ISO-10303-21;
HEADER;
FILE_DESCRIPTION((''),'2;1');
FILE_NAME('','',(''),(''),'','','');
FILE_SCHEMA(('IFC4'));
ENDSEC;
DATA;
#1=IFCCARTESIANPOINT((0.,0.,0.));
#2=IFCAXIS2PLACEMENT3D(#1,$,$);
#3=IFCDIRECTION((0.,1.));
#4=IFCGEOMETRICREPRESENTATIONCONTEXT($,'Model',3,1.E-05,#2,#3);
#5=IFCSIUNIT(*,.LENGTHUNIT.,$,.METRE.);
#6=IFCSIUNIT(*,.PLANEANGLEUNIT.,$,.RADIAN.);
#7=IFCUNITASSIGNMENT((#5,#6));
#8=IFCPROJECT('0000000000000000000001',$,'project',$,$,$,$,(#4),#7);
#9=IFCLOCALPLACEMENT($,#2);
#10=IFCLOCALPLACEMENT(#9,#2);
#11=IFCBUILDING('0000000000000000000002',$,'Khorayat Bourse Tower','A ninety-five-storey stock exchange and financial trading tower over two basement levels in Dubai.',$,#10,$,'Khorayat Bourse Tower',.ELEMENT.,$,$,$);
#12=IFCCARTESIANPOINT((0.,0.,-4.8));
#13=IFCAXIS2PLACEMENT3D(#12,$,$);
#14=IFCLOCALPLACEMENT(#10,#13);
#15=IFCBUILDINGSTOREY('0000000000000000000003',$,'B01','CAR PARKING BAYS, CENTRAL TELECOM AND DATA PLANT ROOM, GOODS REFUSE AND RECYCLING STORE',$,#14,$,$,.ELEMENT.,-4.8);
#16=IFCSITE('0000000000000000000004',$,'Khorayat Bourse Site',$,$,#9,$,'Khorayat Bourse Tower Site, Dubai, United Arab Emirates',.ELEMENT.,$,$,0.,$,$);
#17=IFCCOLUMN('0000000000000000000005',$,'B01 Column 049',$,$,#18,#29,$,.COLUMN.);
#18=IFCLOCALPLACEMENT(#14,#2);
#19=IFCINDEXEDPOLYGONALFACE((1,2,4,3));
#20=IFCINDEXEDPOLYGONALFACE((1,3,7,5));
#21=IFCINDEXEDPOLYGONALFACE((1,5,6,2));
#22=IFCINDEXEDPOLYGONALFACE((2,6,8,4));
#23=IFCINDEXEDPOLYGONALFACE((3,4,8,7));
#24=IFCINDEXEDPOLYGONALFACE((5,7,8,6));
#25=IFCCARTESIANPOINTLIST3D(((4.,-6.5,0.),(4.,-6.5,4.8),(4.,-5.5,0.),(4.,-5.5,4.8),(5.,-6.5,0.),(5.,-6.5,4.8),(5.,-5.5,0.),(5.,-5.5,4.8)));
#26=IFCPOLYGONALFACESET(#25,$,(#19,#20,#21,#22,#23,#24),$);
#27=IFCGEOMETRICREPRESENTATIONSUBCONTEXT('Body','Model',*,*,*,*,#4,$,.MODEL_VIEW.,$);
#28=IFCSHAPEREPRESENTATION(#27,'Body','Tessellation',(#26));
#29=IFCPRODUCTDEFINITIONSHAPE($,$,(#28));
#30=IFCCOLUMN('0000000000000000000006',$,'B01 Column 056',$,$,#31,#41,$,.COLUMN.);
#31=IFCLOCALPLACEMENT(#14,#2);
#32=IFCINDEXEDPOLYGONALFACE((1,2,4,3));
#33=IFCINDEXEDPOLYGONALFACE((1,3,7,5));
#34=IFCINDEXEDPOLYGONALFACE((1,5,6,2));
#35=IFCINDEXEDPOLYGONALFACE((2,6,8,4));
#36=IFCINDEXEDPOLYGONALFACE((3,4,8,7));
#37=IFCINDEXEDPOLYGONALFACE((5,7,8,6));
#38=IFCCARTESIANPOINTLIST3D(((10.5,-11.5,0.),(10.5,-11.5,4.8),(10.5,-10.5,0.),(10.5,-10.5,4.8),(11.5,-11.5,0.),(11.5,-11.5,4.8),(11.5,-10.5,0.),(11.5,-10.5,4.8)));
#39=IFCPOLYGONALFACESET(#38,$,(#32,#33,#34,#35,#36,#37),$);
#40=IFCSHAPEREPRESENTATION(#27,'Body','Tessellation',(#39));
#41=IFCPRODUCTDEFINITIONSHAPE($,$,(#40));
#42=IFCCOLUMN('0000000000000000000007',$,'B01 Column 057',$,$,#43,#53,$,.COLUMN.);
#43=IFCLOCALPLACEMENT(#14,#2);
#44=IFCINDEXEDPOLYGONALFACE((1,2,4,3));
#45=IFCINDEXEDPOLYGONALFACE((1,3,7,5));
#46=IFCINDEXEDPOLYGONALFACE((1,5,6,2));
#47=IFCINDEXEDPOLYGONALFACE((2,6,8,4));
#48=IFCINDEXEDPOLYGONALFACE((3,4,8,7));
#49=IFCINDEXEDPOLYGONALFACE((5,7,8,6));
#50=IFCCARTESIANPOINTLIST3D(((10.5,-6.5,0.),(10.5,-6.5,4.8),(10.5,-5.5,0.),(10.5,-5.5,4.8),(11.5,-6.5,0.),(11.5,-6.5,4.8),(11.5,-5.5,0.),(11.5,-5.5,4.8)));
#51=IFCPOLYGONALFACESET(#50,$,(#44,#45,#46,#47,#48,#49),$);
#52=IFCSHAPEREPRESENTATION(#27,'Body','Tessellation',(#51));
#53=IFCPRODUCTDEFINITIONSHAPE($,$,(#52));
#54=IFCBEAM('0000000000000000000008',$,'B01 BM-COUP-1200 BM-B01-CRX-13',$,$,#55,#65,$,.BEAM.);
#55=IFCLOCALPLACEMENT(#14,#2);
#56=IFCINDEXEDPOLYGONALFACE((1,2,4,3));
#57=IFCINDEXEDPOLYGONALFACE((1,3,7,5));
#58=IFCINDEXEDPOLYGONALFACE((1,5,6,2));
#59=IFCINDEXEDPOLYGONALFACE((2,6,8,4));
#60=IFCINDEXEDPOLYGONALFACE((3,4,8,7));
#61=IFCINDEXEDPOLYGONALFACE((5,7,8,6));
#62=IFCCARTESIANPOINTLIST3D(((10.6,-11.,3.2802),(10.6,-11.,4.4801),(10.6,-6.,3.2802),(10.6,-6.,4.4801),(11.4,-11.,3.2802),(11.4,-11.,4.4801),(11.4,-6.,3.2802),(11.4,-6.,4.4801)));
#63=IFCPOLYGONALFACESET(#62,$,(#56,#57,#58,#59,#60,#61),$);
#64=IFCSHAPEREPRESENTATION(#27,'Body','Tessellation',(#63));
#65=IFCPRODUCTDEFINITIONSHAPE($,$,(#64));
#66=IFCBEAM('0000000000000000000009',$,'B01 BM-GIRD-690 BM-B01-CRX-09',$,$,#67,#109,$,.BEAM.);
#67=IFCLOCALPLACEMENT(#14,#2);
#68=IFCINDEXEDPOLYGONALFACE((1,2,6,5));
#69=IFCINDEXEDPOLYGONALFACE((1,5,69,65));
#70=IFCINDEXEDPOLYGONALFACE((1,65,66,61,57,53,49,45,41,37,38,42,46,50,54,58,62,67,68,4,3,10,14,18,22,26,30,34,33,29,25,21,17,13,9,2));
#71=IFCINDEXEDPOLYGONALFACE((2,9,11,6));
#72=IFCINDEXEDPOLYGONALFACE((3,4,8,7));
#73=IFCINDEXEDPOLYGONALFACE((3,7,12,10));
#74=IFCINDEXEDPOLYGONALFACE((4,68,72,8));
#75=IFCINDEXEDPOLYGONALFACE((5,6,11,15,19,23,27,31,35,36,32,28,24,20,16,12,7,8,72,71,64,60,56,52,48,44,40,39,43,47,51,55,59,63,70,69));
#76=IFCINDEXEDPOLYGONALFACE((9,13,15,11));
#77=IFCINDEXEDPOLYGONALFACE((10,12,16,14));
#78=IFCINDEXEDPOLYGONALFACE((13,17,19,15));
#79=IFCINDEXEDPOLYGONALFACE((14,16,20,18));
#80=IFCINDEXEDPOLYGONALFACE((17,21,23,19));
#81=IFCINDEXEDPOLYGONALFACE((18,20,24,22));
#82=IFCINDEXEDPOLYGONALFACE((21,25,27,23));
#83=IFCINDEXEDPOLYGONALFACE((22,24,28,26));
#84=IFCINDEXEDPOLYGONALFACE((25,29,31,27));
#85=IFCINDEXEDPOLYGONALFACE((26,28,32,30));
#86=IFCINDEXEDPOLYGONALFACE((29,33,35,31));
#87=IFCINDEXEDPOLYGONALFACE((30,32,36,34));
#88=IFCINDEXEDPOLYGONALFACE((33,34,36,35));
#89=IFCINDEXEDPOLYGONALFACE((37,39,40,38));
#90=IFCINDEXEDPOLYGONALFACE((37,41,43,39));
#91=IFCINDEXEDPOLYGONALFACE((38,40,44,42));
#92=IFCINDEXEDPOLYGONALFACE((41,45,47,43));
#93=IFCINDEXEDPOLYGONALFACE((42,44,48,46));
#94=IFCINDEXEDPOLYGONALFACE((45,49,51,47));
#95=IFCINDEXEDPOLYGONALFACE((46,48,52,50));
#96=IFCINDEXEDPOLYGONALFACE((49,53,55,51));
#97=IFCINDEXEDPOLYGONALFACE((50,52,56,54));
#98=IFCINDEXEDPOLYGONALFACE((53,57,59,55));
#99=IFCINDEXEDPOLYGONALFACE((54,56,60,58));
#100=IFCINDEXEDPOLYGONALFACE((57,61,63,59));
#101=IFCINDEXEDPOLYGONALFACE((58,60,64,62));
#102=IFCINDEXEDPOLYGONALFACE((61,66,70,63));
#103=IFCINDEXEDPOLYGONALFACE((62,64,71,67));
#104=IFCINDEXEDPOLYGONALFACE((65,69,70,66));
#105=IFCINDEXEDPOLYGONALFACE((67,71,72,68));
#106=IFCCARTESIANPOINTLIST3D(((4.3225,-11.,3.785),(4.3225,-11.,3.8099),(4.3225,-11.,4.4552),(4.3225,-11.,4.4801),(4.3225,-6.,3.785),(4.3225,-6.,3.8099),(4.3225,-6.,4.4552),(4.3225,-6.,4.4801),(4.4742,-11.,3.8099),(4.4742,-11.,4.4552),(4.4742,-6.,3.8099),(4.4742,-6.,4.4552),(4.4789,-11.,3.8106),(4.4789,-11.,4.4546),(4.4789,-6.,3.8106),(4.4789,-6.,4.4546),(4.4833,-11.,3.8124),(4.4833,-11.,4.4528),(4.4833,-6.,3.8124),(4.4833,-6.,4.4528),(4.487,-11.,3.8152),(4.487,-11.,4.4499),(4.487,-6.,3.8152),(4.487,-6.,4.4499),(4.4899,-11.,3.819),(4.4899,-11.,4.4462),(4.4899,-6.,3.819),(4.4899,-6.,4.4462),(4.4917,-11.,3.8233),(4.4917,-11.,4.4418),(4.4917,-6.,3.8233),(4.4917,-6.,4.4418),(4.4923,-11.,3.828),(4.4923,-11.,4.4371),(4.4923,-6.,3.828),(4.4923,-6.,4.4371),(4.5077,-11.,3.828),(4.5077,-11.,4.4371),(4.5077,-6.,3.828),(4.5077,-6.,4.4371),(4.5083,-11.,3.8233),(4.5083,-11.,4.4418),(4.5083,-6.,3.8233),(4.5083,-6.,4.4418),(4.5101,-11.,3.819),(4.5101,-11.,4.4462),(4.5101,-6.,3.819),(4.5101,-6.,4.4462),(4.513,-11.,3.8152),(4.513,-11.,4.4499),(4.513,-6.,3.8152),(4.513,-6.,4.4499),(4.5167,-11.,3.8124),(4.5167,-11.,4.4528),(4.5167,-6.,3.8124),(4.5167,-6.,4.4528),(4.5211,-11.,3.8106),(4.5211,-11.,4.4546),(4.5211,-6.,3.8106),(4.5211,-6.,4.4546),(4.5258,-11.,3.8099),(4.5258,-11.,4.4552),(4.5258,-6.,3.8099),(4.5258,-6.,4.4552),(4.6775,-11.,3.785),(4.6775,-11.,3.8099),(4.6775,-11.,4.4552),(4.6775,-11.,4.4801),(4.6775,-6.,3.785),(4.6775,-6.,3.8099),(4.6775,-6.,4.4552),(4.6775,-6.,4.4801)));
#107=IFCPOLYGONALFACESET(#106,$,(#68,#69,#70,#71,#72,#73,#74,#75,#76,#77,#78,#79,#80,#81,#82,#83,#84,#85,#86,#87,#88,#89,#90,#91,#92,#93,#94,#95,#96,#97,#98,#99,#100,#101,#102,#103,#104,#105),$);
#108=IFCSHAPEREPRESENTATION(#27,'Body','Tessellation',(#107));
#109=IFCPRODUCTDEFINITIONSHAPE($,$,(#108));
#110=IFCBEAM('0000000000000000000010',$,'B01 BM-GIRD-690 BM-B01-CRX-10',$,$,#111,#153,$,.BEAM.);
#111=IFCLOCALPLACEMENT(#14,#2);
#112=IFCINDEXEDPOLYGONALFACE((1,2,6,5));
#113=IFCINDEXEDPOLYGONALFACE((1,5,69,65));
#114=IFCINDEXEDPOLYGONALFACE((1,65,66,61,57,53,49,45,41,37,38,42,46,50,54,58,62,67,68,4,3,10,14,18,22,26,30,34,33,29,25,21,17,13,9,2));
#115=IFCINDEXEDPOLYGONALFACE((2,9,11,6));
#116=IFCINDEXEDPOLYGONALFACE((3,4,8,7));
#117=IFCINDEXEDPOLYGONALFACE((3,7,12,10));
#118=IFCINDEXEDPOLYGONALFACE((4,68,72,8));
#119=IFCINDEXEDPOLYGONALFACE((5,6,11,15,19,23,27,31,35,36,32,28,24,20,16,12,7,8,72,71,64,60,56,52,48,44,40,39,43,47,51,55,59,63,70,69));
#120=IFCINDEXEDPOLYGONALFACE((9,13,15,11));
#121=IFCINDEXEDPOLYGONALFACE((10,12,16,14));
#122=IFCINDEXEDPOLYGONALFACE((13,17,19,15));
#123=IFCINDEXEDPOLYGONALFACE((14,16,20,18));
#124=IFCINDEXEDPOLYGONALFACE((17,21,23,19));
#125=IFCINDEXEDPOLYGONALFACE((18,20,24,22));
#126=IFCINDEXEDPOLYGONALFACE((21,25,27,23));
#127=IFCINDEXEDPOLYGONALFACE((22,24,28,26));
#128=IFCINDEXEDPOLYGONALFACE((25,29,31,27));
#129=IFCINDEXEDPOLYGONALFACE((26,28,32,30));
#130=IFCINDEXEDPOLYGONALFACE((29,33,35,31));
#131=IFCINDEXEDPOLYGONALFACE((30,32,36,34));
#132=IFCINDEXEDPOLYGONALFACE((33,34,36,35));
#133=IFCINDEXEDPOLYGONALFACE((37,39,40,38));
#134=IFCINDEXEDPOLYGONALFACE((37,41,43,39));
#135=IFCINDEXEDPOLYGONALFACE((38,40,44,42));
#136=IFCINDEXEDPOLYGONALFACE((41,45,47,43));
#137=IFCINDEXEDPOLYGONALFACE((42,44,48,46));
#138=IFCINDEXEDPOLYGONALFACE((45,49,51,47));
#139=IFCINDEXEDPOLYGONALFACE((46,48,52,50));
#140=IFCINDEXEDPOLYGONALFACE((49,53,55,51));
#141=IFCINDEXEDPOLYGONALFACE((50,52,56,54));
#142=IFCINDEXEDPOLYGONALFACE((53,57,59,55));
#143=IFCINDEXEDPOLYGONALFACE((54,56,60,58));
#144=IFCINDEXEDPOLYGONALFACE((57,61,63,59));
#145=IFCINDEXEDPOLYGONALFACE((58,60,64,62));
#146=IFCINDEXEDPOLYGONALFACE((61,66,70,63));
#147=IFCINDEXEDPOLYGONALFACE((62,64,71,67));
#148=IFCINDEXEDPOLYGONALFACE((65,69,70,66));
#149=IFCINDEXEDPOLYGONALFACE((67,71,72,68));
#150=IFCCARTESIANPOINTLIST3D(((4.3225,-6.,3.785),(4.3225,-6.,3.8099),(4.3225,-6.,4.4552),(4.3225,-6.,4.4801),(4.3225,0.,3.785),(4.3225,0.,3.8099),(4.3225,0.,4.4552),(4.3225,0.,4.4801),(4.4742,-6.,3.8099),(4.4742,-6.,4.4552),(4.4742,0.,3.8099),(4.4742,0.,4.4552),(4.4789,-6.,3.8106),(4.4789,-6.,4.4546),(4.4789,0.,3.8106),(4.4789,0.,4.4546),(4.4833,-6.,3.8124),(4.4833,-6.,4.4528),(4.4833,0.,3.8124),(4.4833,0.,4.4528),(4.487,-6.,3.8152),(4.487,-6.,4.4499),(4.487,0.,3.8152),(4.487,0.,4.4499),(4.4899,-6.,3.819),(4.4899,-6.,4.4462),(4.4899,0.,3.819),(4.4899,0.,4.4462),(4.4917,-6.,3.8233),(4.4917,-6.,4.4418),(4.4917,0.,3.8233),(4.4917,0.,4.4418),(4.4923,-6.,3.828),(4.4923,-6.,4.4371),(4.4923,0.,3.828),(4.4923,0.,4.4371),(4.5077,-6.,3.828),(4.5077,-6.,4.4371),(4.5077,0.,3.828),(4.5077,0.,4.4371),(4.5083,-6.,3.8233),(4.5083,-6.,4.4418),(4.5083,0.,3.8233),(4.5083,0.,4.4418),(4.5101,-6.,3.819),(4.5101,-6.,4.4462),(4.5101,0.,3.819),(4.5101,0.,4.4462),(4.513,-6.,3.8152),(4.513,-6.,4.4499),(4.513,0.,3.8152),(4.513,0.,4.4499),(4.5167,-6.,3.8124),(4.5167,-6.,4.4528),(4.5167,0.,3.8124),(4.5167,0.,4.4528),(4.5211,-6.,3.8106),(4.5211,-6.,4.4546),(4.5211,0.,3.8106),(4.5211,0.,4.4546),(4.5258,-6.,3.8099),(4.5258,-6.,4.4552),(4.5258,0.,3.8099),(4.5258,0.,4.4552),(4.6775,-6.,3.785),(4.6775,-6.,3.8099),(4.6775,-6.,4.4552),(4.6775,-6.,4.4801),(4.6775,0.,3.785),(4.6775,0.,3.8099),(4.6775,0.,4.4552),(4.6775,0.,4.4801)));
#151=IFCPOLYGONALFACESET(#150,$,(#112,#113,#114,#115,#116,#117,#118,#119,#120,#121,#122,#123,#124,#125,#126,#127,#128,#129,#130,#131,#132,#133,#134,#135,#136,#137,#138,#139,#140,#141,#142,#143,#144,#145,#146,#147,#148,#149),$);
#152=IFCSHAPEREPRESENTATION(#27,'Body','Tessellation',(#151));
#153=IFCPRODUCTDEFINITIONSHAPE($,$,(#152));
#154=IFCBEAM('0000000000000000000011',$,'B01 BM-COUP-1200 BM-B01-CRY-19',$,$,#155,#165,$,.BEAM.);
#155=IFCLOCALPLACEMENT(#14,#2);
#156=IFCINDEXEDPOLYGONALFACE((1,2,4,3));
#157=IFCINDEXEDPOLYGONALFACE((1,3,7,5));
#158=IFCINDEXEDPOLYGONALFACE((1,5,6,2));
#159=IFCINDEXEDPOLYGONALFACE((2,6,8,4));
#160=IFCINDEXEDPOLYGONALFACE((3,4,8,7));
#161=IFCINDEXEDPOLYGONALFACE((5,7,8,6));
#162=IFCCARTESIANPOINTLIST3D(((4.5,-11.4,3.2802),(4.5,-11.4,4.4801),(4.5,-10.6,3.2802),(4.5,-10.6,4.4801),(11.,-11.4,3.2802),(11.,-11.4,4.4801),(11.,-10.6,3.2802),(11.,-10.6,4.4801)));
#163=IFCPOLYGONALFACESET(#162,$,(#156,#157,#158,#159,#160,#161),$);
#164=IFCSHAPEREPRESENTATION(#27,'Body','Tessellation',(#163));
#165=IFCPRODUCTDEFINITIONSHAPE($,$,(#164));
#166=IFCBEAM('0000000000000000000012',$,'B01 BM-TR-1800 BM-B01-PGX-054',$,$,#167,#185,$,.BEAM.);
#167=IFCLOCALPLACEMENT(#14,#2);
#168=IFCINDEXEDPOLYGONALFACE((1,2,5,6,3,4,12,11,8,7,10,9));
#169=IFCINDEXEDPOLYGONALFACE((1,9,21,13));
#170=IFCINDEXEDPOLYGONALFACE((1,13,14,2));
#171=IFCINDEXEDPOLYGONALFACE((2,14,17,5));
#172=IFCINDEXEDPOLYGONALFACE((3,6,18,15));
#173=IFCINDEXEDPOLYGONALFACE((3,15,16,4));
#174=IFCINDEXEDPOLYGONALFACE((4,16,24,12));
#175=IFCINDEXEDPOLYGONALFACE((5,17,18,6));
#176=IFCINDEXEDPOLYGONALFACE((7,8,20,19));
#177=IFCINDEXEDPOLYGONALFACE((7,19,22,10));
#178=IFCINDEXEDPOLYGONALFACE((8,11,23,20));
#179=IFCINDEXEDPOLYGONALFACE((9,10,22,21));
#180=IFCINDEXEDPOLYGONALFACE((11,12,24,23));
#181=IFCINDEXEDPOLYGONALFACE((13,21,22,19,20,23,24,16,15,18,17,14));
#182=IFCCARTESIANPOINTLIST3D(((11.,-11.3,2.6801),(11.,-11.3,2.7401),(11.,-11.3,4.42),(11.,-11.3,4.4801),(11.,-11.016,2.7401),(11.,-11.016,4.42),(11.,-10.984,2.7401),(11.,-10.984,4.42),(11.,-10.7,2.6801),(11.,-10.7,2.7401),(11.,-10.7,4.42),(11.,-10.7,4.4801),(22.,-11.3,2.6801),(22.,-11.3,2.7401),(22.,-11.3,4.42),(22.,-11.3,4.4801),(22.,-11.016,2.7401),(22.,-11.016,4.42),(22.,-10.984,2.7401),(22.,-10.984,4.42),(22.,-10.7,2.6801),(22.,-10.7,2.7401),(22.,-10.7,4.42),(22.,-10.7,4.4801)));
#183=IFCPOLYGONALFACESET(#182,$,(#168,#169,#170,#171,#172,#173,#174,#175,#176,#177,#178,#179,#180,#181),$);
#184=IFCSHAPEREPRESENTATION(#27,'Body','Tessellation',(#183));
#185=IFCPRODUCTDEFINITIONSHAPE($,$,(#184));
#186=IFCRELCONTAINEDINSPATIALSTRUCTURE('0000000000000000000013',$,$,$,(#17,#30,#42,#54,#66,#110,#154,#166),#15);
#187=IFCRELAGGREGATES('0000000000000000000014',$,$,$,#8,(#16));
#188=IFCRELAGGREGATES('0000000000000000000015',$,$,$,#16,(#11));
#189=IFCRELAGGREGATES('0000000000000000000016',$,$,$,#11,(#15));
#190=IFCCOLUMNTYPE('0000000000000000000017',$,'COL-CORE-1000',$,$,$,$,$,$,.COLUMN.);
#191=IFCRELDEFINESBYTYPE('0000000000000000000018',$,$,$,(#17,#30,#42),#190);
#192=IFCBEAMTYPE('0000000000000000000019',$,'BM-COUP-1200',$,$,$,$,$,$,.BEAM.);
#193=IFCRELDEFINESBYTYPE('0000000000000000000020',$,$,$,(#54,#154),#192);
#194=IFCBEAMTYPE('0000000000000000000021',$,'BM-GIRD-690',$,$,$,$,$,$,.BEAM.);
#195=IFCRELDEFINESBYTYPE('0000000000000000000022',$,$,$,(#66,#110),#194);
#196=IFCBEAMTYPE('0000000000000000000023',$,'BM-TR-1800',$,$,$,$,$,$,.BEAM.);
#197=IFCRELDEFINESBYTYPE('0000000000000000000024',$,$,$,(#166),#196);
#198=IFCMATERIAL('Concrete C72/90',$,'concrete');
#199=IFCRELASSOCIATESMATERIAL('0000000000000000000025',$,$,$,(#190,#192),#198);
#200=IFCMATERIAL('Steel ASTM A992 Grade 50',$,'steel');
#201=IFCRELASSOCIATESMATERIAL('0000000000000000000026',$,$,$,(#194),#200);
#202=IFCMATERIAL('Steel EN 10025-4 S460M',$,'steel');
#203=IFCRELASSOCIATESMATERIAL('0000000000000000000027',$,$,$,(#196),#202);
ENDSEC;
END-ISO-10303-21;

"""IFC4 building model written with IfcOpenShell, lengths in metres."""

from ifc_helpers import new_model, si_unit, direction, frame, origin, origin_2d, place, context, subcontext, project, spatial, rectangle, i_section, extrude, source, transform, mapped, material, material_profile, profile_set, type_object, element, save


model = new_model("IFC4")

# Units and contexts
model_context = context("Model", 3, precision=1e-05, world=origin(), true_north=direction((0.0, 1.0)))
body_context = subcontext(model_context, "Body", "Model", "MODEL_VIEW")
ifc_project = project(units=[si_unit("LENGTHUNIT", "METRE"), si_unit("PLANEANGLEUNIT", "RADIAN")], contexts=[model_context])

# Site, building, storey
site_placement = place(None, origin())
site = spatial("IfcSite", under=ifc_project, at=site_placement, Name="Khorayat Bourse Site", LongName="Khorayat Bourse Tower Site, Dubai, United Arab Emirates", CompositionType="ELEMENT", RefElevation=0.0)
building_placement = place(site_placement, origin())
building = spatial("IfcBuilding", under=site, at=building_placement, Name="Khorayat Bourse Tower", Description="A ninety-five-storey stock exchange and financial trading tower over two basement levels in Dubai.", LongName="Khorayat Bourse Tower", CompositionType="ELEMENT")
storey_placement = place(building_placement, frame((0.0, 0.0, -4.8)))
storey = spatial("IfcBuildingStorey", under=building, at=storey_placement, Name="B01", Description="CAR PARKING BAYS, CENTRAL TELECOM AND DATA PLANT ROOM, GOODS REFUSE AND RECYCLING STORE", CompositionType="ELEMENT", Elevation=-4.8)

# Columns
ifc_material_1 = material(Name="Concrete C72/90", Category="concrete")
ifc_material_profile_1 = material_profile(ifc_material_1, rectangle(XDim=1.0, YDim=1.0, at=origin_2d()), Name="RC 1000x1000")
ifc_profile_set_1 = profile_set([ifc_material_profile_1], Name="Concrete C72/90")
column_type = type_object("IfcColumnType", Name="COL-CORE-1000", PredefinedType="COLUMN", material=ifc_profile_set_1)
shared_shape_1 = source(origin(), body_context, "Body", "SweptSolid", [
    extrude(rectangle(XDim=1.0, YDim=1.0, at=origin_2d()), origin(), (0.0, 0.0, 1.0), 4.8),
])
for number, where, z_axis, x_axis, name in (
    (1, (4.5, -6.0, 0.0), (0.0, 0.0, 1.0), (1.0, 0.0, 0.0), "B01 Column 049"),
    (2, (11.0, -11.0, 0.0), (0.0, 0.0, 1.0), (1.0, 0.0, 0.0), "B01 Column 056"),
    (3, (11.0, -6.0, 0.0), (0.0, 0.0, 1.0), (1.0, 0.0, 0.0), "B01 Column 057"),
):
    element("IfcColumn", number, at=place(storey_placement, frame(where, z_axis=z_axis, x_axis=x_axis)), inside=storey, type_object=column_type, Name=name, PredefinedType="COLUMN", context=body_context, shape_type="MappedRepresentation", body=[
        mapped(shared_shape_1, transform((0.0, 0.0, 0.0), scale=1.0)),
    ])

# Beams
ifc_material_profile_2 = material_profile(ifc_material_1, rectangle(XDim=0.8, YDim=1.2, at=origin_2d()), Name="RC 800x1200")
ifc_profile_set_2 = profile_set([ifc_material_profile_2], Name="Concrete C72/90")
beam_type_1 = type_object("IfcBeamType", Name="BM-COUP-1200", PredefinedType="BEAM", material=ifc_profile_set_2)
shared_shape_2 = source(origin(), body_context, "Body", "SweptSolid", [
    extrude(rectangle(XDim=0.8, YDim=1.2, at=origin_2d()), origin(), (0.0, 0.0, 1.0), 5.0),
])
beam_1_placement = place(storey_placement, frame((11.0, -11.0, 3.8801), z_axis=(0.0, 1.0, 0.0), x_axis=(-1.0, 0.0, 0.0)))
element("IfcBeam", 4, at=beam_1_placement, inside=storey, type_object=beam_type_1, Name="B01 BM-COUP-1200 BM-B01-CRX-13", PredefinedType="BEAM", context=body_context, shape_type="MappedRepresentation", body=[
    mapped(shared_shape_2, transform((0.0, 0.0, 0.0), scale=1.0)),
])
ifc_material_2 = material(Name="Steel ASTM A992 Grade 50", Category="steel")
ifc_material_profile_3 = material_profile(ifc_material_2, i_section(OverallWidth=0.355, OverallDepth=0.6951, WebThickness=0.0154, FlangeThickness=0.0249, FilletRadius=0.0181, at=origin_2d()), Name="W690X217")
ifc_profile_set_3 = profile_set([ifc_material_profile_3], Name="Steel ASTM A992 Grade 50")
beam_type_2 = type_object("IfcBeamType", Name="BM-GIRD-690", PredefinedType="BEAM", material=ifc_profile_set_3)
shared_shape_3 = source(origin(), body_context, "Body", "SweptSolid", [
    extrude(i_section(OverallWidth=0.355, OverallDepth=0.6951, WebThickness=0.0154, FlangeThickness=0.0249, FilletRadius=0.0181, at=origin_2d()), origin(), (0.0, 0.0, 1.0), 5.0),
])
beam_2_placement = place(storey_placement, frame((4.5, -11.0, 4.1326), z_axis=(0.0, 1.0, 0.0), x_axis=(-1.0, 0.0, 0.0)))
element("IfcBeam", 5, at=beam_2_placement, inside=storey, type_object=beam_type_2, Name="B01 BM-GIRD-690 BM-B01-CRX-09", PredefinedType="BEAM", context=body_context, shape_type="MappedRepresentation", body=[
    mapped(shared_shape_3, transform((0.0, 0.0, 0.0), scale=1.0)),
])
shared_shape_4 = source(origin(), body_context, "Body", "SweptSolid", [
    extrude(i_section(OverallWidth=0.355, OverallDepth=0.6951, WebThickness=0.0154, FlangeThickness=0.0249, FilletRadius=0.0181, at=origin_2d()), origin(), (0.0, 0.0, 1.0), 6.0),
])
beam_3_placement = place(storey_placement, frame((4.5, -6.0, 4.1326), z_axis=(0.0, 1.0, 0.0), x_axis=(-1.0, 0.0, 0.0)))
element("IfcBeam", 6, at=beam_3_placement, inside=storey, type_object=beam_type_2, Name="B01 BM-GIRD-690 BM-B01-CRX-10", PredefinedType="BEAM", context=body_context, shape_type="MappedRepresentation", body=[
    mapped(shared_shape_4, transform((0.0, 0.0, 0.0), scale=1.0)),
])
shared_shape_5 = source(origin(), body_context, "Body", "SweptSolid", [
    extrude(rectangle(XDim=0.8, YDim=1.2, at=origin_2d()), origin(), (0.0, 0.0, 1.0), 6.5),
])
beam_4_placement = place(storey_placement, frame((4.5, -11.0, 3.8801), z_axis=(1.0, 0.0, 0.0), x_axis=(0.0, 1.0, 0.0)))
element("IfcBeam", 7, at=beam_4_placement, inside=storey, type_object=beam_type_1, Name="B01 BM-COUP-1200 BM-B01-CRY-19", PredefinedType="BEAM", context=body_context, shape_type="MappedRepresentation", body=[
    mapped(shared_shape_5, transform((0.0, 0.0, 0.0), scale=1.0)),
])
ifc_material_3 = material(Name="Steel EN 10025-4 S460M", Category="steel")
ifc_material_profile_4 = material_profile(ifc_material_3, i_section(OverallWidth=0.6001, OverallDepth=1.8, WebThickness=0.032, FlangeThickness=0.0601, at=origin_2d()), Name="PG 1800x600x32x60")
ifc_profile_set_4 = profile_set([ifc_material_profile_4], Name="Steel EN 10025-4 S460M")
beam_type_3 = type_object("IfcBeamType", Name="BM-TR-1800", PredefinedType="BEAM", material=ifc_profile_set_4)
shared_shape_6 = source(origin(), body_context, "Body", "SweptSolid", [
    extrude(i_section(OverallWidth=0.6001, OverallDepth=1.8, WebThickness=0.032, FlangeThickness=0.0601, at=origin_2d()), origin(), (0.0, 0.0, 1.0), 11.0),
])
beam_5_placement = place(storey_placement, frame((11.0, -11.0, 3.5801), z_axis=(1.0, 0.0, 0.0), x_axis=(0.0, 1.0, 0.0)))
element("IfcBeam", 8, at=beam_5_placement, inside=storey, type_object=beam_type_3, Name="B01 BM-TR-1800 BM-B01-PGX-054", PredefinedType="BEAM", context=body_context, shape_type="MappedRepresentation", body=[
    mapped(shared_shape_6, transform((0.0, 0.0, 0.0), scale=1.0)),
])

save(model, "model.ifc")
